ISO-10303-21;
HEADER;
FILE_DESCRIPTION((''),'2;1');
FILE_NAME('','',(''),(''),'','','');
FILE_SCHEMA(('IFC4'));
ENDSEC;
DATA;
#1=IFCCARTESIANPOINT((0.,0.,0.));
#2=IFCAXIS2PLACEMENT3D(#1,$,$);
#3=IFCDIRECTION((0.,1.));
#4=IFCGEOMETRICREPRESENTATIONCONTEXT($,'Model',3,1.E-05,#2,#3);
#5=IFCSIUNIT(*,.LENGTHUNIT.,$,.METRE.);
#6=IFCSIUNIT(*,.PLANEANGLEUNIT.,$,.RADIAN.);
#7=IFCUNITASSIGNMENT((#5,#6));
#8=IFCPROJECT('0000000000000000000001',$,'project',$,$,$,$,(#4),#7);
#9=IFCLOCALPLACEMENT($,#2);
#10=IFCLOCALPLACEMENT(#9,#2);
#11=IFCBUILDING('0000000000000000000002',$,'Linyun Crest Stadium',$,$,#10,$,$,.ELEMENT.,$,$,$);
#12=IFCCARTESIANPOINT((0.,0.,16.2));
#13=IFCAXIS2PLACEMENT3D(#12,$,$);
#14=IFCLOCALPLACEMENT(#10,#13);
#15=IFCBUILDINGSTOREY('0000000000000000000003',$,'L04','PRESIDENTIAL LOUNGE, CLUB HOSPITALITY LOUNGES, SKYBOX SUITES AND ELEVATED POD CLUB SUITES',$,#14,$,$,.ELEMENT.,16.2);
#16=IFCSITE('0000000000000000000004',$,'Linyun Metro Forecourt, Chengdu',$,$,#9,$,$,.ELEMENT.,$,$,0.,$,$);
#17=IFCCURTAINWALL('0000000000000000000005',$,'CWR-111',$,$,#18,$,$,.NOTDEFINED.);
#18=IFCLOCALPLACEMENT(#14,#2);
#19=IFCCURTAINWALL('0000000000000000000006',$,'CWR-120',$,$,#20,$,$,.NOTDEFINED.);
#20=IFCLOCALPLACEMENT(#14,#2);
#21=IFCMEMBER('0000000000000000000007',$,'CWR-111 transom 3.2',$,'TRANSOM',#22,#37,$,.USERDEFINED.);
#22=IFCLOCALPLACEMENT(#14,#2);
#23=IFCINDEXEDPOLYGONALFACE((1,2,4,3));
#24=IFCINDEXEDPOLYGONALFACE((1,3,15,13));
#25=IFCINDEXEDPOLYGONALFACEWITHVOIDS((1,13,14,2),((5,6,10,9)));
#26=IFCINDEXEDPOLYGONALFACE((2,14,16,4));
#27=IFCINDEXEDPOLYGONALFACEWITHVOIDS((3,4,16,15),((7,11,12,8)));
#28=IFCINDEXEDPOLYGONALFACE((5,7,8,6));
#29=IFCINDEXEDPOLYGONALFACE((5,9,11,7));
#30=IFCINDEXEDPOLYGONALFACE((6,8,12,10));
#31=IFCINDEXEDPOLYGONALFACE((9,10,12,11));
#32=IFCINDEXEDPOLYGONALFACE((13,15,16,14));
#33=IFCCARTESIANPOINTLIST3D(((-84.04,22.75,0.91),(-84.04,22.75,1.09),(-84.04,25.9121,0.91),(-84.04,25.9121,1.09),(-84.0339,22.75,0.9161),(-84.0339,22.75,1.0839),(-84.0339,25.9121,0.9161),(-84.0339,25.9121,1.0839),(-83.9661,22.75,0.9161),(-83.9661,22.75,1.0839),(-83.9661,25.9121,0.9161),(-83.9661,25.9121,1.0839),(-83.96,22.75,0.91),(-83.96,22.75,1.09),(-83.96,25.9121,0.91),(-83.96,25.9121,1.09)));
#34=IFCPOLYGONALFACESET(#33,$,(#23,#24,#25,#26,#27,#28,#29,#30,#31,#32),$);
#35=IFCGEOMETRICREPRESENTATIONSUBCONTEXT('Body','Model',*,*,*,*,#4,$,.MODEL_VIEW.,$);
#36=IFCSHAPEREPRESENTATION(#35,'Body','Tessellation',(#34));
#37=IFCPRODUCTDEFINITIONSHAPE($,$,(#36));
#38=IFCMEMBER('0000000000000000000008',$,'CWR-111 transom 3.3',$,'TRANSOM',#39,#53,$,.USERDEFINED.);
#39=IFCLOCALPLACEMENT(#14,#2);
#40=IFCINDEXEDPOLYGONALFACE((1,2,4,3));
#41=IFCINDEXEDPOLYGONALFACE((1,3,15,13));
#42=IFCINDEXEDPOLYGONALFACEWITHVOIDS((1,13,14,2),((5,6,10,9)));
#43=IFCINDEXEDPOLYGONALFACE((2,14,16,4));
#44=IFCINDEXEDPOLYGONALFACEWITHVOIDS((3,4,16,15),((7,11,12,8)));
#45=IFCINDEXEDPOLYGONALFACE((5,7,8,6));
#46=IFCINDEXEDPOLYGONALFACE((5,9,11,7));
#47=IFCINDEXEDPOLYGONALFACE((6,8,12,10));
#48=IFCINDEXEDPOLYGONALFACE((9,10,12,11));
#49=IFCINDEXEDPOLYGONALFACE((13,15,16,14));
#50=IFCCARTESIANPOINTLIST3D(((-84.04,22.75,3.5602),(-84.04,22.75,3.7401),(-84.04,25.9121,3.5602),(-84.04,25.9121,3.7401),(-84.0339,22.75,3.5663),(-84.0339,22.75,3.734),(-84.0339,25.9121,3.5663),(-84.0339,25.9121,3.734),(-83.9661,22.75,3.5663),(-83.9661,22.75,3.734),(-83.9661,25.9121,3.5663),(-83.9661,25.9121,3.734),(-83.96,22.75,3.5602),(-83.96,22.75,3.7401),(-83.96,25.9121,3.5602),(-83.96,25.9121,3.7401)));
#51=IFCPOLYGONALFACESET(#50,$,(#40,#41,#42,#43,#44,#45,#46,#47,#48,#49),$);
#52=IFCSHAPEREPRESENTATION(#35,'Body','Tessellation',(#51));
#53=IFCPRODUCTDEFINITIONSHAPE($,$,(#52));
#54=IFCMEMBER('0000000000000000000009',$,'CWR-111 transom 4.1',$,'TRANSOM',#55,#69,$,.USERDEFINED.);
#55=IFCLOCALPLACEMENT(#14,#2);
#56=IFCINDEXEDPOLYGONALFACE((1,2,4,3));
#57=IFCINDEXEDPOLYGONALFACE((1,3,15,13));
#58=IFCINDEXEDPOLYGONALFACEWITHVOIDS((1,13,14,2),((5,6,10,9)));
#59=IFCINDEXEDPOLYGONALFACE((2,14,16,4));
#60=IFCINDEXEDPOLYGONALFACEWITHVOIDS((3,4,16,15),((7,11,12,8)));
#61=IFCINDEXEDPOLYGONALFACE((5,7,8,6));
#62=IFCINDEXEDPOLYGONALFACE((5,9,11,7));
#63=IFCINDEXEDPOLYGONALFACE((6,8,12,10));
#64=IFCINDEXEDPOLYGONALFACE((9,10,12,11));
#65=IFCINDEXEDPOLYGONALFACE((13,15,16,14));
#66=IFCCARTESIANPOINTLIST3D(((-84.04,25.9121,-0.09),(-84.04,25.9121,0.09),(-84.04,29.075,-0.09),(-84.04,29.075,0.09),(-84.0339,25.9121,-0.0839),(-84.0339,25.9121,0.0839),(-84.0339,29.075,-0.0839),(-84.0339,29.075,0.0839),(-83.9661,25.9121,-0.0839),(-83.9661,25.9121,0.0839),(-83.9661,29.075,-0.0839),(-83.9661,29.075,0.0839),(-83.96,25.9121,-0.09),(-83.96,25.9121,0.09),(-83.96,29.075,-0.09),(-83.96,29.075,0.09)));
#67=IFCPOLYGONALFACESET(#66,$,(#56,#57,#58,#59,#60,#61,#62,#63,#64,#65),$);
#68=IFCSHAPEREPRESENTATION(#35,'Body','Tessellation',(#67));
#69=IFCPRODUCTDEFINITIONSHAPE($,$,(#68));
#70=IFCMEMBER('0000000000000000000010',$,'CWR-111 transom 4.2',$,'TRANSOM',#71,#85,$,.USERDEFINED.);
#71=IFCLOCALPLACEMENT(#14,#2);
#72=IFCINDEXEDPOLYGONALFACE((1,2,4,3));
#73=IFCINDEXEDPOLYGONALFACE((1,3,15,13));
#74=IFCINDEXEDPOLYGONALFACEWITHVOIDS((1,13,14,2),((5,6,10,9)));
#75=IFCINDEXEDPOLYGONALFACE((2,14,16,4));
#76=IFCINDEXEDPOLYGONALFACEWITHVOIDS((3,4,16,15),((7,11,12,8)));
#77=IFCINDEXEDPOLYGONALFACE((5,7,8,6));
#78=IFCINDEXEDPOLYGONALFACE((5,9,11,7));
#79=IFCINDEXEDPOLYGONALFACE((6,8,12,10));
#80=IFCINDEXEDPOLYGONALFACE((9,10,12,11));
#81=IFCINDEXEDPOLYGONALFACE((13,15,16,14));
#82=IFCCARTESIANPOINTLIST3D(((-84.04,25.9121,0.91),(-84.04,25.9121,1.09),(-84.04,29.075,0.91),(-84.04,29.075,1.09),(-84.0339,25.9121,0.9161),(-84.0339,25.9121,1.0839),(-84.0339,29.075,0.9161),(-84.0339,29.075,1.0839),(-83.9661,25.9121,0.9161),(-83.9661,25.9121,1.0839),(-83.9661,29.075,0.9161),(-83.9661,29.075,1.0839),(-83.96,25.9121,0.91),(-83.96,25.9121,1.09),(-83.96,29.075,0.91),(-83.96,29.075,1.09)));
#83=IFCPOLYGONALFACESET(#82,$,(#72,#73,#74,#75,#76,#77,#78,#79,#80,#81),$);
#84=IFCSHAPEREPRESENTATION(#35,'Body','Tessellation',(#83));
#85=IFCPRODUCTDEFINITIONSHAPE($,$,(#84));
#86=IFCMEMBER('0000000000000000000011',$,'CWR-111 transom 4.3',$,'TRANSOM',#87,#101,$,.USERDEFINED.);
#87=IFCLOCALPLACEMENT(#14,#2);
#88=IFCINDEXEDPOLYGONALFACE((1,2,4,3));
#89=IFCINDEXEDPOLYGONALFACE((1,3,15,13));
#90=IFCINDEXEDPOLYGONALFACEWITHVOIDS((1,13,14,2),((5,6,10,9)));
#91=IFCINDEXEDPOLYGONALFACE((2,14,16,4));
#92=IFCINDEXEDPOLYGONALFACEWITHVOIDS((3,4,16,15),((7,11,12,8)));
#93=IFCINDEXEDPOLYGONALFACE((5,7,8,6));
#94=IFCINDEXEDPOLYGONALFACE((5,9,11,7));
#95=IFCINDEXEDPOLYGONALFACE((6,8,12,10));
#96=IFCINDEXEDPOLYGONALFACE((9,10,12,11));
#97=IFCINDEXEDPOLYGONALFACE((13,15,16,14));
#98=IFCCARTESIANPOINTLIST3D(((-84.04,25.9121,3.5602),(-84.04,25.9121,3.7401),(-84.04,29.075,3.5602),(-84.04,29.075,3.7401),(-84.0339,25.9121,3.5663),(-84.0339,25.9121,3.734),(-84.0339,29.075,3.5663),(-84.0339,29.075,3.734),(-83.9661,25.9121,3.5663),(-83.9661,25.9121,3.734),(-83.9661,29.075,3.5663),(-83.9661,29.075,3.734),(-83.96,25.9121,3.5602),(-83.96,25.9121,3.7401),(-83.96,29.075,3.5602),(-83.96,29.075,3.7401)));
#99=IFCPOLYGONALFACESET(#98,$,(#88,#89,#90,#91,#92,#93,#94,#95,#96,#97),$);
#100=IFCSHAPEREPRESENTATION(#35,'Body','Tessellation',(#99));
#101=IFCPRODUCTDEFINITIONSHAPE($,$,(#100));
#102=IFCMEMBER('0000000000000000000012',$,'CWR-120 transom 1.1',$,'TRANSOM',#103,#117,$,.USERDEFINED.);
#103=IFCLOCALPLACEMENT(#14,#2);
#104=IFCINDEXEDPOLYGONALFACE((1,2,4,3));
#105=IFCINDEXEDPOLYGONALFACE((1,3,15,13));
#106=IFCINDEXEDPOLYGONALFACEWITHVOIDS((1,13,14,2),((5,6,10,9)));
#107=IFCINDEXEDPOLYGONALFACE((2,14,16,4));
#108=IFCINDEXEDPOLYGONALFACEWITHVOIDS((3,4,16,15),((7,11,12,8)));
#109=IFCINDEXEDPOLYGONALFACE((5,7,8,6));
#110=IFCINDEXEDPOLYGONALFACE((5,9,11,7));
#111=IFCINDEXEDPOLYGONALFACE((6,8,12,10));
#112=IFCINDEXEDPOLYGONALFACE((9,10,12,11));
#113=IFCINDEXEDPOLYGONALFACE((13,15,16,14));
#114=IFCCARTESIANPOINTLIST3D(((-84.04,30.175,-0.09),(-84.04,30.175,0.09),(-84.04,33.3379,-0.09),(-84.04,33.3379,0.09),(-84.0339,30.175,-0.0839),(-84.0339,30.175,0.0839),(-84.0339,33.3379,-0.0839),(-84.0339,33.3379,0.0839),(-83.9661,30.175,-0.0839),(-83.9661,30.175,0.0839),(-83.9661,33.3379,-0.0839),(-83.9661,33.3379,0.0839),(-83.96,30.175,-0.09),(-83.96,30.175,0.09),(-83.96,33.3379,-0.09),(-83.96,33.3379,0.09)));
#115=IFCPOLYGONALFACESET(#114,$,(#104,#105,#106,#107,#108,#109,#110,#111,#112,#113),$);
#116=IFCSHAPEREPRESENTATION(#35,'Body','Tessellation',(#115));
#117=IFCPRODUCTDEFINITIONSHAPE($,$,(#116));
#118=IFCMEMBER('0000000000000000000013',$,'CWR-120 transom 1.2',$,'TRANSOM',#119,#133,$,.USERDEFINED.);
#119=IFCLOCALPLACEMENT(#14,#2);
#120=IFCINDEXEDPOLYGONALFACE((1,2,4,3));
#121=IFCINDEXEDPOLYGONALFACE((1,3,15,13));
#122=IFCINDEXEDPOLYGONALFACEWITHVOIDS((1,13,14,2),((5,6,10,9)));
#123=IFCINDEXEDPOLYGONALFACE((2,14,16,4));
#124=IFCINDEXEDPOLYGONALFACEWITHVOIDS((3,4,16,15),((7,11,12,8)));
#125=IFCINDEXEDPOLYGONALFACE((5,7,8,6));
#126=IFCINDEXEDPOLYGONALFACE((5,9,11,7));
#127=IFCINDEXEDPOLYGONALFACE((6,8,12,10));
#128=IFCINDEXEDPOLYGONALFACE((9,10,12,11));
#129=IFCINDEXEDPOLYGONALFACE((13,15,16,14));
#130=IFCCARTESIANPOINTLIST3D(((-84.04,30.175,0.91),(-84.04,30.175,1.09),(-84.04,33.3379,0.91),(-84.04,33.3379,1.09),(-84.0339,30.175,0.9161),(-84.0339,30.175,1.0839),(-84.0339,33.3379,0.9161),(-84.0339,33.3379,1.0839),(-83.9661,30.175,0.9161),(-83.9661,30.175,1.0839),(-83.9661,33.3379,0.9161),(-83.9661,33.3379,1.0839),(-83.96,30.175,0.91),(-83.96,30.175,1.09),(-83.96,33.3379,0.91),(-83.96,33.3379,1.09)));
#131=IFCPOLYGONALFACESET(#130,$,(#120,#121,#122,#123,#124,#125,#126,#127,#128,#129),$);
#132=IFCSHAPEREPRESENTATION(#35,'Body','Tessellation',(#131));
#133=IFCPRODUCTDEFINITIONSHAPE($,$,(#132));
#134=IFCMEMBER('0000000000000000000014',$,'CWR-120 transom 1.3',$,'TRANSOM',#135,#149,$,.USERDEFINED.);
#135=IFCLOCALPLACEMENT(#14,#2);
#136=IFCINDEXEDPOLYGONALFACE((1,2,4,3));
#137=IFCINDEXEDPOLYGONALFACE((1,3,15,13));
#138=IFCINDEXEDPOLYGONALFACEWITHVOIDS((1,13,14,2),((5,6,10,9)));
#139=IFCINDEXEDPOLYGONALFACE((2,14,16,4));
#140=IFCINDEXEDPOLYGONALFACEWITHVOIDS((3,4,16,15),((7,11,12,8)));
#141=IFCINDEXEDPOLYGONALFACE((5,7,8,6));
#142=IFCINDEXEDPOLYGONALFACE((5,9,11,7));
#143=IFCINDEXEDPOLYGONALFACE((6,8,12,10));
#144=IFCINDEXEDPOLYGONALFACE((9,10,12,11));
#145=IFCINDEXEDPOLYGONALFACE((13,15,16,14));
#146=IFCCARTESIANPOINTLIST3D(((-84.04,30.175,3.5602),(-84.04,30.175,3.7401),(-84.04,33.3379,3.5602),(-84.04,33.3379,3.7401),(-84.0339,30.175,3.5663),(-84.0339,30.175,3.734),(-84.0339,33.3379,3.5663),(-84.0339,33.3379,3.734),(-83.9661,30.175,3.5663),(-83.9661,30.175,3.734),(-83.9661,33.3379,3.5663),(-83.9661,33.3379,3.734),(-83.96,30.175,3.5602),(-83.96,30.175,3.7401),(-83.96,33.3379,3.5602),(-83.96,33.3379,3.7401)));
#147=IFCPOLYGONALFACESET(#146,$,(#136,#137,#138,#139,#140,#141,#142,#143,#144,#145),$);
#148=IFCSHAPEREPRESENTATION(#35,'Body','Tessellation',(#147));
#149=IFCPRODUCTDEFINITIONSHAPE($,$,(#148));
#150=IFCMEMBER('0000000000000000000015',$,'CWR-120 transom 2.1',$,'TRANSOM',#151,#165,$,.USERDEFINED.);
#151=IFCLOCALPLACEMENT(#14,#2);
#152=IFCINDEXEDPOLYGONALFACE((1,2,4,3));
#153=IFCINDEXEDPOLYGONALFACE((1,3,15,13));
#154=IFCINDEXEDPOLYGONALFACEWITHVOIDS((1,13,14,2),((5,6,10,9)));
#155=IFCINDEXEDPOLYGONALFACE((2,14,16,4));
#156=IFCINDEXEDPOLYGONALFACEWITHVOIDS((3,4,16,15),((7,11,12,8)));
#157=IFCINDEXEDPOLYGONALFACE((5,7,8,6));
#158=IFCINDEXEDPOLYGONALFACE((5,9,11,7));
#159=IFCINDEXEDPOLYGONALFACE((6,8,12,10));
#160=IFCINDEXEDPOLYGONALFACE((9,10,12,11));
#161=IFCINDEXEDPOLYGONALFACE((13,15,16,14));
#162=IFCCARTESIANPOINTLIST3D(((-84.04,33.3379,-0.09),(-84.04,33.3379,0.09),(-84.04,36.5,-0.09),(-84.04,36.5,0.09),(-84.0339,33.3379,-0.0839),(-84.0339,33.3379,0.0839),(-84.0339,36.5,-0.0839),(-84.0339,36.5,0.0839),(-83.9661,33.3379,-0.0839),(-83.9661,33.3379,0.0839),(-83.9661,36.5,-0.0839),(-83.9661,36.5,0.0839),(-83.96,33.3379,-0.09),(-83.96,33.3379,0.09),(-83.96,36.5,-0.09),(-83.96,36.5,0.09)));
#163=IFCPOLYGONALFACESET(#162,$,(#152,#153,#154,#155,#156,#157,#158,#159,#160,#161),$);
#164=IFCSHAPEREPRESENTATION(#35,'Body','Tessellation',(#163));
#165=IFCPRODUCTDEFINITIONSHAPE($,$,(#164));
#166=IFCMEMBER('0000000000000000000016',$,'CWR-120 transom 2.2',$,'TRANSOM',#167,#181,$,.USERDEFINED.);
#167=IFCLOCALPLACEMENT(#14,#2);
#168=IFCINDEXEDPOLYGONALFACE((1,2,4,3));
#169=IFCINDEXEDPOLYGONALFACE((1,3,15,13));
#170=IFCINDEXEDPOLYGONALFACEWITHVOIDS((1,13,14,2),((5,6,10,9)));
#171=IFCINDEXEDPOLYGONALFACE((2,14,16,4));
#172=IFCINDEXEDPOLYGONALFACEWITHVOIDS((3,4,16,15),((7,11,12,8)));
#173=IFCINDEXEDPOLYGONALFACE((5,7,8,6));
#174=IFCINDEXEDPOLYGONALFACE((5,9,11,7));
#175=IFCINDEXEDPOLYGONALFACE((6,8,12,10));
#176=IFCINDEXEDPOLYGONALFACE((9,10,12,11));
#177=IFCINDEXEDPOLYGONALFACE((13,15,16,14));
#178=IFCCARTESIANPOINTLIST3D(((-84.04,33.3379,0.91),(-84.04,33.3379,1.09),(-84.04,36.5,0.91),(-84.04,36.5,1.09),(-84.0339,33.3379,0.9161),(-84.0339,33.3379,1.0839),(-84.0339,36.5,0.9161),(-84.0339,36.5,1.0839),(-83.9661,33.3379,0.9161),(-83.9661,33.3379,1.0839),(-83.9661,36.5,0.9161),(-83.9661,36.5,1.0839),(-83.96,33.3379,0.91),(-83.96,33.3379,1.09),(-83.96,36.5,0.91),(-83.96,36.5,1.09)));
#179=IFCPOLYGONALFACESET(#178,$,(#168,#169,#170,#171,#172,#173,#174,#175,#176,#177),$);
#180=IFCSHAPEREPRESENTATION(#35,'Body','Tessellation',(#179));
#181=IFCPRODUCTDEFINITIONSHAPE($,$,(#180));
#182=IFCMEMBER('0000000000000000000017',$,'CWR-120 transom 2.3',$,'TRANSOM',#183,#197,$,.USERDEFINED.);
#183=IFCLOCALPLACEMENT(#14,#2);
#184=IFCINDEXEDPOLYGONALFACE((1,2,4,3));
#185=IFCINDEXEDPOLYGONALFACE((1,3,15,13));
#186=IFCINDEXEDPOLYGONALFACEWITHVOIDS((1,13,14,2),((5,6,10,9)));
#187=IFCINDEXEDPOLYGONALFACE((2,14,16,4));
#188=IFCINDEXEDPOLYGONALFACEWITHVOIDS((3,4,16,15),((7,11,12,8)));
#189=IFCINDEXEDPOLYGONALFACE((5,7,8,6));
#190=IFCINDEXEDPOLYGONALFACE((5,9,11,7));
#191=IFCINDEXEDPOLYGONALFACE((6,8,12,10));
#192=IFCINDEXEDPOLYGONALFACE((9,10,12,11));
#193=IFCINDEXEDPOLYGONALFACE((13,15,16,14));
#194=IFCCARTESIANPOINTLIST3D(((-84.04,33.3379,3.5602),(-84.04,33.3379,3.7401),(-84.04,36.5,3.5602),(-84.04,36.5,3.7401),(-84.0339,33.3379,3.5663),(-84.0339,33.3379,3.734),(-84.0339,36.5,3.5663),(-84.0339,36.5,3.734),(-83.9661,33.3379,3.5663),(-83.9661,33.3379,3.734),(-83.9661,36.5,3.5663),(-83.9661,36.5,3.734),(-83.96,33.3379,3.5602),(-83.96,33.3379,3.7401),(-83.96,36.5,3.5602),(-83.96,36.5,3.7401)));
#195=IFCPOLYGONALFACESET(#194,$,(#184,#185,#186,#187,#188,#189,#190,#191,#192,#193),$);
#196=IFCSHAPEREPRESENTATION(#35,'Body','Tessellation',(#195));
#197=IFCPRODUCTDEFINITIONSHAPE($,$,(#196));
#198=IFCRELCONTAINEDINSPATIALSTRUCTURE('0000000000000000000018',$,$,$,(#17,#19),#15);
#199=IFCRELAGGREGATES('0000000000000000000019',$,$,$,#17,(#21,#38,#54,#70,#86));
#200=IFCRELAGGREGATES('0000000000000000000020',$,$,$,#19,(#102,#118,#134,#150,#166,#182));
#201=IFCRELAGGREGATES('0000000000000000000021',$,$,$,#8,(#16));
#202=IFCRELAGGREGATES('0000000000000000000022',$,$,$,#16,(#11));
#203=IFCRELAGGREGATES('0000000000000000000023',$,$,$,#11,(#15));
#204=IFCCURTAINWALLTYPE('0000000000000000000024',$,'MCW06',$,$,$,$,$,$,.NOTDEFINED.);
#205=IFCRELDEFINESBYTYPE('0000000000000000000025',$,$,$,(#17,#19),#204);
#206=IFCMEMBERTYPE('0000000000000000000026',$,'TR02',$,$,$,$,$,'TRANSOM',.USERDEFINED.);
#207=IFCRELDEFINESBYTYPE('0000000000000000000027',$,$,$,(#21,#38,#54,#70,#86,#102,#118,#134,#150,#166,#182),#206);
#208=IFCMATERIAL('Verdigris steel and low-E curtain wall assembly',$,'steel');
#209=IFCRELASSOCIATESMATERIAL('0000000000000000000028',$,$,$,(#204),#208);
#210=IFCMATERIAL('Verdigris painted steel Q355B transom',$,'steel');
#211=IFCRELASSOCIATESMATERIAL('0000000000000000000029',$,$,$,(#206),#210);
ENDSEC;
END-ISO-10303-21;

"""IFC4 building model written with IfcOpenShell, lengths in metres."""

from ifc_helpers import new_model, si_unit, direction, frame, origin, origin_2d, place, context, subcontext, project, spatial, hollow_rectangle, extrude, material, material_profile, profile_set, type_object, element, aggregate, save


model = new_model("IFC4")

# Units and contexts
model_context = context("Model", 3, precision=1e-05, world=origin(), true_north=direction((0.0, 1.0)))
body_context = subcontext(model_context, "Body", "Model", "MODEL_VIEW")
ifc_project = project(units=[si_unit("LENGTHUNIT", "METRE"), si_unit("PLANEANGLEUNIT", "RADIAN")], contexts=[model_context])

# Site, building, storey
site_placement = place(None, origin())
site = spatial("IfcSite", under=ifc_project, at=site_placement, Name="Linyun Metro Forecourt, Chengdu", CompositionType="ELEMENT", RefElevation=0.0)
building_placement = place(site_placement, origin())
building = spatial("IfcBuilding", under=site, at=building_placement, Name="Linyun Crest Stadium", CompositionType="ELEMENT")
storey_placement = place(building_placement, frame((0.0, 0.0, 16.2)))
storey = spatial("IfcBuildingStorey", under=building, at=storey_placement, Name="L04", Description="PRESIDENTIAL LOUNGE, CLUB HOSPITALITY LOUNGES, SKYBOX SUITES AND ELEVATED POD CLUB SUITES", CompositionType="ELEMENT", Elevation=16.2)

# Curtain walls
ifc_material_1 = material(Name="Verdigris steel and low-E curtain wall assembly", Category="steel")
curtain_wall_type = type_object("IfcCurtainWallType", Name="MCW06", PredefinedType="NOTDEFINED", material=ifc_material_1)
curtain_wall_1_placement = place(storey_placement, origin())
curtain_wall_1 = element("IfcCurtainWall", 1, at=curtain_wall_1_placement, inside=storey, type_object=curtain_wall_type, Name="CWR-111", PredefinedType="NOTDEFINED")
curtain_wall_2_placement = place(storey_placement, origin())
curtain_wall_2 = element("IfcCurtainWall", 2, at=curtain_wall_2_placement, inside=storey, type_object=curtain_wall_type, Name="CWR-120", PredefinedType="NOTDEFINED")

# Members
ifc_material_2 = material(Name="Verdigris painted steel Q355B transom", Category="steel")
ifc_material_profile_1 = material_profile(ifc_material_2, hollow_rectangle(XDim=0.0801, YDim=0.1799, WallThickness=0.0061, at=origin_2d()), Name="RHS 180x80x6")
ifc_profile_set_1 = profile_set([ifc_material_profile_1], Name="Verdigris painted steel Q355B transom")
member_type_1 = type_object("IfcMemberType", Name="TR02", ElementType="TRANSOM", PredefinedType="USERDEFINED", material=ifc_profile_set_1)
member_1_placement = place(storey_placement, frame((-84.0, 22.75, 1.0), z_axis=(0.0, 1.0, 0.0), x_axis=(-1.0, 0.0, 0.0)))
member_1 = element("IfcMember", 3, at=member_1_placement, type_object=member_type_1, Name="CWR-111 transom 3.2", ObjectType="TRANSOM", PredefinedType="USERDEFINED", context=body_context, shape_type="SweptSolid", body=[
    extrude(hollow_rectangle(XDim=0.0801, YDim=0.1799, WallThickness=0.0061, at=origin_2d()), origin(), (0.0, 0.0, 1.0), 3.1621),
])
member_2_placement = place(storey_placement, frame((-84.0, 22.75, 3.6501), z_axis=(0.0, 1.0, 0.0), x_axis=(-1.0, 0.0, 0.0)))
member_2 = element("IfcMember", 4, at=member_2_placement, type_object=member_type_1, Name="CWR-111 transom 3.3", ObjectType="TRANSOM", PredefinedType="USERDEFINED", context=body_context, shape_type="SweptSolid", body=[
    extrude(hollow_rectangle(XDim=0.0801, YDim=0.1799, WallThickness=0.0061, at=origin_2d()), origin(), (0.0, 0.0, 1.0), 3.1621),
])
member_3_placement = place(storey_placement, frame((-84.0, 25.9121, 0.0), z_axis=(0.0, 1.0, 0.0), x_axis=(-1.0, 0.0, 0.0)))
member_3 = element("IfcMember", 5, at=member_3_placement, type_object=member_type_1, Name="CWR-111 transom 4.1", ObjectType="TRANSOM", PredefinedType="USERDEFINED", context=body_context, shape_type="SweptSolid", body=[
    extrude(hollow_rectangle(XDim=0.0801, YDim=0.1799, WallThickness=0.0061, at=origin_2d()), origin(), (0.0, 0.0, 1.0), 3.1628),
])
member_4_placement = place(storey_placement, frame((-84.0, 25.9121, 1.0), z_axis=(0.0, 1.0, 0.0), x_axis=(-1.0, 0.0, 0.0)))
member_4 = element("IfcMember", 6, at=member_4_placement, type_object=member_type_1, Name="CWR-111 transom 4.2", ObjectType="TRANSOM", PredefinedType="USERDEFINED", context=body_context, shape_type="SweptSolid", body=[
    extrude(hollow_rectangle(XDim=0.0801, YDim=0.1799, WallThickness=0.0061, at=origin_2d()), origin(), (0.0, 0.0, 1.0), 3.1628),
])
member_5_placement = place(storey_placement, frame((-84.0, 25.9121, 3.6501), z_axis=(0.0, 1.0, 0.0), x_axis=(-1.0, 0.0, 0.0)))
member_5 = element("IfcMember", 7, at=member_5_placement, type_object=member_type_1, Name="CWR-111 transom 4.3", ObjectType="TRANSOM", PredefinedType="USERDEFINED", context=body_context, shape_type="SweptSolid", body=[
    extrude(hollow_rectangle(XDim=0.0801, YDim=0.1799, WallThickness=0.0061, at=origin_2d()), origin(), (0.0, 0.0, 1.0), 3.1628),
])
member_6_placement = place(storey_placement, frame((-84.0, 30.175, 0.0), z_axis=(0.0, 1.0, 0.0), x_axis=(-1.0, 0.0, 0.0)))
member_6 = element("IfcMember", 8, at=member_6_placement, type_object=member_type_1, Name="CWR-120 transom 1.1", ObjectType="TRANSOM", PredefinedType="USERDEFINED", context=body_context, shape_type="SweptSolid", body=[
    extrude(hollow_rectangle(XDim=0.0801, YDim=0.1799, WallThickness=0.0061, at=origin_2d()), origin(), (0.0, 0.0, 1.0), 3.1628),
])
member_7_placement = place(storey_placement, frame((-84.0, 30.175, 1.0), z_axis=(0.0, 1.0, 0.0), x_axis=(-1.0, 0.0, 0.0)))
member_7 = element("IfcMember", 9, at=member_7_placement, type_object=member_type_1, Name="CWR-120 transom 1.2", ObjectType="TRANSOM", PredefinedType="USERDEFINED", context=body_context, shape_type="SweptSolid", body=[
    extrude(hollow_rectangle(XDim=0.0801, YDim=0.1799, WallThickness=0.0061, at=origin_2d()), origin(), (0.0, 0.0, 1.0), 3.1628),
])
member_8_placement = place(storey_placement, frame((-84.0, 30.175, 3.6501), z_axis=(0.0, 1.0, 0.0), x_axis=(-1.0, 0.0, 0.0)))
member_8 = element("IfcMember", 10, at=member_8_placement, type_object=member_type_1, Name="CWR-120 transom 1.3", ObjectType="TRANSOM", PredefinedType="USERDEFINED", context=body_context, shape_type="SweptSolid", body=[
    extrude(hollow_rectangle(XDim=0.0801, YDim=0.1799, WallThickness=0.0061, at=origin_2d()), origin(), (0.0, 0.0, 1.0), 3.1628),
])
member_9_placement = place(storey_placement, frame((-84.0, 33.3379, 0.0), z_axis=(0.0, 1.0, 0.0), x_axis=(-1.0, 0.0, 0.0)))
member_9 = element("IfcMember", 11, at=member_9_placement, type_object=member_type_1, Name="CWR-120 transom 2.1", ObjectType="TRANSOM", PredefinedType="USERDEFINED", context=body_context, shape_type="SweptSolid", body=[
    extrude(hollow_rectangle(XDim=0.0801, YDim=0.1799, WallThickness=0.0061, at=origin_2d()), origin(), (0.0, 0.0, 1.0), 3.1621),
])
member_10_placement = place(storey_placement, frame((-84.0, 33.3379, 1.0), z_axis=(0.0, 1.0, 0.0), x_axis=(-1.0, 0.0, 0.0)))
member_10 = element("IfcMember", 12, at=member_10_placement, type_object=member_type_1, Name="CWR-120 transom 2.2", ObjectType="TRANSOM", PredefinedType="USERDEFINED", context=body_context, shape_type="SweptSolid", body=[
    extrude(hollow_rectangle(XDim=0.0801, YDim=0.1799, WallThickness=0.0061, at=origin_2d()), origin(), (0.0, 0.0, 1.0), 3.1621),
])
member_11_placement = place(storey_placement, frame((-84.0, 33.3379, 3.6501), z_axis=(0.0, 1.0, 0.0), x_axis=(-1.0, 0.0, 0.0)))
member_11 = element("IfcMember", 13, at=member_11_placement, type_object=member_type_1, Name="CWR-120 transom 2.3", ObjectType="TRANSOM", PredefinedType="USERDEFINED", context=body_context, shape_type="SweptSolid", body=[
    extrude(hollow_rectangle(XDim=0.0801, YDim=0.1799, WallThickness=0.0061, at=origin_2d()), origin(), (0.0, 0.0, 1.0), 3.1621),
])

aggregate(curtain_wall_1, [member_1, member_2, member_3, member_4, member_5])
aggregate(curtain_wall_2, [member_6, member_7, member_8, member_9, member_10, member_11])

save(model, "model.ifc")
